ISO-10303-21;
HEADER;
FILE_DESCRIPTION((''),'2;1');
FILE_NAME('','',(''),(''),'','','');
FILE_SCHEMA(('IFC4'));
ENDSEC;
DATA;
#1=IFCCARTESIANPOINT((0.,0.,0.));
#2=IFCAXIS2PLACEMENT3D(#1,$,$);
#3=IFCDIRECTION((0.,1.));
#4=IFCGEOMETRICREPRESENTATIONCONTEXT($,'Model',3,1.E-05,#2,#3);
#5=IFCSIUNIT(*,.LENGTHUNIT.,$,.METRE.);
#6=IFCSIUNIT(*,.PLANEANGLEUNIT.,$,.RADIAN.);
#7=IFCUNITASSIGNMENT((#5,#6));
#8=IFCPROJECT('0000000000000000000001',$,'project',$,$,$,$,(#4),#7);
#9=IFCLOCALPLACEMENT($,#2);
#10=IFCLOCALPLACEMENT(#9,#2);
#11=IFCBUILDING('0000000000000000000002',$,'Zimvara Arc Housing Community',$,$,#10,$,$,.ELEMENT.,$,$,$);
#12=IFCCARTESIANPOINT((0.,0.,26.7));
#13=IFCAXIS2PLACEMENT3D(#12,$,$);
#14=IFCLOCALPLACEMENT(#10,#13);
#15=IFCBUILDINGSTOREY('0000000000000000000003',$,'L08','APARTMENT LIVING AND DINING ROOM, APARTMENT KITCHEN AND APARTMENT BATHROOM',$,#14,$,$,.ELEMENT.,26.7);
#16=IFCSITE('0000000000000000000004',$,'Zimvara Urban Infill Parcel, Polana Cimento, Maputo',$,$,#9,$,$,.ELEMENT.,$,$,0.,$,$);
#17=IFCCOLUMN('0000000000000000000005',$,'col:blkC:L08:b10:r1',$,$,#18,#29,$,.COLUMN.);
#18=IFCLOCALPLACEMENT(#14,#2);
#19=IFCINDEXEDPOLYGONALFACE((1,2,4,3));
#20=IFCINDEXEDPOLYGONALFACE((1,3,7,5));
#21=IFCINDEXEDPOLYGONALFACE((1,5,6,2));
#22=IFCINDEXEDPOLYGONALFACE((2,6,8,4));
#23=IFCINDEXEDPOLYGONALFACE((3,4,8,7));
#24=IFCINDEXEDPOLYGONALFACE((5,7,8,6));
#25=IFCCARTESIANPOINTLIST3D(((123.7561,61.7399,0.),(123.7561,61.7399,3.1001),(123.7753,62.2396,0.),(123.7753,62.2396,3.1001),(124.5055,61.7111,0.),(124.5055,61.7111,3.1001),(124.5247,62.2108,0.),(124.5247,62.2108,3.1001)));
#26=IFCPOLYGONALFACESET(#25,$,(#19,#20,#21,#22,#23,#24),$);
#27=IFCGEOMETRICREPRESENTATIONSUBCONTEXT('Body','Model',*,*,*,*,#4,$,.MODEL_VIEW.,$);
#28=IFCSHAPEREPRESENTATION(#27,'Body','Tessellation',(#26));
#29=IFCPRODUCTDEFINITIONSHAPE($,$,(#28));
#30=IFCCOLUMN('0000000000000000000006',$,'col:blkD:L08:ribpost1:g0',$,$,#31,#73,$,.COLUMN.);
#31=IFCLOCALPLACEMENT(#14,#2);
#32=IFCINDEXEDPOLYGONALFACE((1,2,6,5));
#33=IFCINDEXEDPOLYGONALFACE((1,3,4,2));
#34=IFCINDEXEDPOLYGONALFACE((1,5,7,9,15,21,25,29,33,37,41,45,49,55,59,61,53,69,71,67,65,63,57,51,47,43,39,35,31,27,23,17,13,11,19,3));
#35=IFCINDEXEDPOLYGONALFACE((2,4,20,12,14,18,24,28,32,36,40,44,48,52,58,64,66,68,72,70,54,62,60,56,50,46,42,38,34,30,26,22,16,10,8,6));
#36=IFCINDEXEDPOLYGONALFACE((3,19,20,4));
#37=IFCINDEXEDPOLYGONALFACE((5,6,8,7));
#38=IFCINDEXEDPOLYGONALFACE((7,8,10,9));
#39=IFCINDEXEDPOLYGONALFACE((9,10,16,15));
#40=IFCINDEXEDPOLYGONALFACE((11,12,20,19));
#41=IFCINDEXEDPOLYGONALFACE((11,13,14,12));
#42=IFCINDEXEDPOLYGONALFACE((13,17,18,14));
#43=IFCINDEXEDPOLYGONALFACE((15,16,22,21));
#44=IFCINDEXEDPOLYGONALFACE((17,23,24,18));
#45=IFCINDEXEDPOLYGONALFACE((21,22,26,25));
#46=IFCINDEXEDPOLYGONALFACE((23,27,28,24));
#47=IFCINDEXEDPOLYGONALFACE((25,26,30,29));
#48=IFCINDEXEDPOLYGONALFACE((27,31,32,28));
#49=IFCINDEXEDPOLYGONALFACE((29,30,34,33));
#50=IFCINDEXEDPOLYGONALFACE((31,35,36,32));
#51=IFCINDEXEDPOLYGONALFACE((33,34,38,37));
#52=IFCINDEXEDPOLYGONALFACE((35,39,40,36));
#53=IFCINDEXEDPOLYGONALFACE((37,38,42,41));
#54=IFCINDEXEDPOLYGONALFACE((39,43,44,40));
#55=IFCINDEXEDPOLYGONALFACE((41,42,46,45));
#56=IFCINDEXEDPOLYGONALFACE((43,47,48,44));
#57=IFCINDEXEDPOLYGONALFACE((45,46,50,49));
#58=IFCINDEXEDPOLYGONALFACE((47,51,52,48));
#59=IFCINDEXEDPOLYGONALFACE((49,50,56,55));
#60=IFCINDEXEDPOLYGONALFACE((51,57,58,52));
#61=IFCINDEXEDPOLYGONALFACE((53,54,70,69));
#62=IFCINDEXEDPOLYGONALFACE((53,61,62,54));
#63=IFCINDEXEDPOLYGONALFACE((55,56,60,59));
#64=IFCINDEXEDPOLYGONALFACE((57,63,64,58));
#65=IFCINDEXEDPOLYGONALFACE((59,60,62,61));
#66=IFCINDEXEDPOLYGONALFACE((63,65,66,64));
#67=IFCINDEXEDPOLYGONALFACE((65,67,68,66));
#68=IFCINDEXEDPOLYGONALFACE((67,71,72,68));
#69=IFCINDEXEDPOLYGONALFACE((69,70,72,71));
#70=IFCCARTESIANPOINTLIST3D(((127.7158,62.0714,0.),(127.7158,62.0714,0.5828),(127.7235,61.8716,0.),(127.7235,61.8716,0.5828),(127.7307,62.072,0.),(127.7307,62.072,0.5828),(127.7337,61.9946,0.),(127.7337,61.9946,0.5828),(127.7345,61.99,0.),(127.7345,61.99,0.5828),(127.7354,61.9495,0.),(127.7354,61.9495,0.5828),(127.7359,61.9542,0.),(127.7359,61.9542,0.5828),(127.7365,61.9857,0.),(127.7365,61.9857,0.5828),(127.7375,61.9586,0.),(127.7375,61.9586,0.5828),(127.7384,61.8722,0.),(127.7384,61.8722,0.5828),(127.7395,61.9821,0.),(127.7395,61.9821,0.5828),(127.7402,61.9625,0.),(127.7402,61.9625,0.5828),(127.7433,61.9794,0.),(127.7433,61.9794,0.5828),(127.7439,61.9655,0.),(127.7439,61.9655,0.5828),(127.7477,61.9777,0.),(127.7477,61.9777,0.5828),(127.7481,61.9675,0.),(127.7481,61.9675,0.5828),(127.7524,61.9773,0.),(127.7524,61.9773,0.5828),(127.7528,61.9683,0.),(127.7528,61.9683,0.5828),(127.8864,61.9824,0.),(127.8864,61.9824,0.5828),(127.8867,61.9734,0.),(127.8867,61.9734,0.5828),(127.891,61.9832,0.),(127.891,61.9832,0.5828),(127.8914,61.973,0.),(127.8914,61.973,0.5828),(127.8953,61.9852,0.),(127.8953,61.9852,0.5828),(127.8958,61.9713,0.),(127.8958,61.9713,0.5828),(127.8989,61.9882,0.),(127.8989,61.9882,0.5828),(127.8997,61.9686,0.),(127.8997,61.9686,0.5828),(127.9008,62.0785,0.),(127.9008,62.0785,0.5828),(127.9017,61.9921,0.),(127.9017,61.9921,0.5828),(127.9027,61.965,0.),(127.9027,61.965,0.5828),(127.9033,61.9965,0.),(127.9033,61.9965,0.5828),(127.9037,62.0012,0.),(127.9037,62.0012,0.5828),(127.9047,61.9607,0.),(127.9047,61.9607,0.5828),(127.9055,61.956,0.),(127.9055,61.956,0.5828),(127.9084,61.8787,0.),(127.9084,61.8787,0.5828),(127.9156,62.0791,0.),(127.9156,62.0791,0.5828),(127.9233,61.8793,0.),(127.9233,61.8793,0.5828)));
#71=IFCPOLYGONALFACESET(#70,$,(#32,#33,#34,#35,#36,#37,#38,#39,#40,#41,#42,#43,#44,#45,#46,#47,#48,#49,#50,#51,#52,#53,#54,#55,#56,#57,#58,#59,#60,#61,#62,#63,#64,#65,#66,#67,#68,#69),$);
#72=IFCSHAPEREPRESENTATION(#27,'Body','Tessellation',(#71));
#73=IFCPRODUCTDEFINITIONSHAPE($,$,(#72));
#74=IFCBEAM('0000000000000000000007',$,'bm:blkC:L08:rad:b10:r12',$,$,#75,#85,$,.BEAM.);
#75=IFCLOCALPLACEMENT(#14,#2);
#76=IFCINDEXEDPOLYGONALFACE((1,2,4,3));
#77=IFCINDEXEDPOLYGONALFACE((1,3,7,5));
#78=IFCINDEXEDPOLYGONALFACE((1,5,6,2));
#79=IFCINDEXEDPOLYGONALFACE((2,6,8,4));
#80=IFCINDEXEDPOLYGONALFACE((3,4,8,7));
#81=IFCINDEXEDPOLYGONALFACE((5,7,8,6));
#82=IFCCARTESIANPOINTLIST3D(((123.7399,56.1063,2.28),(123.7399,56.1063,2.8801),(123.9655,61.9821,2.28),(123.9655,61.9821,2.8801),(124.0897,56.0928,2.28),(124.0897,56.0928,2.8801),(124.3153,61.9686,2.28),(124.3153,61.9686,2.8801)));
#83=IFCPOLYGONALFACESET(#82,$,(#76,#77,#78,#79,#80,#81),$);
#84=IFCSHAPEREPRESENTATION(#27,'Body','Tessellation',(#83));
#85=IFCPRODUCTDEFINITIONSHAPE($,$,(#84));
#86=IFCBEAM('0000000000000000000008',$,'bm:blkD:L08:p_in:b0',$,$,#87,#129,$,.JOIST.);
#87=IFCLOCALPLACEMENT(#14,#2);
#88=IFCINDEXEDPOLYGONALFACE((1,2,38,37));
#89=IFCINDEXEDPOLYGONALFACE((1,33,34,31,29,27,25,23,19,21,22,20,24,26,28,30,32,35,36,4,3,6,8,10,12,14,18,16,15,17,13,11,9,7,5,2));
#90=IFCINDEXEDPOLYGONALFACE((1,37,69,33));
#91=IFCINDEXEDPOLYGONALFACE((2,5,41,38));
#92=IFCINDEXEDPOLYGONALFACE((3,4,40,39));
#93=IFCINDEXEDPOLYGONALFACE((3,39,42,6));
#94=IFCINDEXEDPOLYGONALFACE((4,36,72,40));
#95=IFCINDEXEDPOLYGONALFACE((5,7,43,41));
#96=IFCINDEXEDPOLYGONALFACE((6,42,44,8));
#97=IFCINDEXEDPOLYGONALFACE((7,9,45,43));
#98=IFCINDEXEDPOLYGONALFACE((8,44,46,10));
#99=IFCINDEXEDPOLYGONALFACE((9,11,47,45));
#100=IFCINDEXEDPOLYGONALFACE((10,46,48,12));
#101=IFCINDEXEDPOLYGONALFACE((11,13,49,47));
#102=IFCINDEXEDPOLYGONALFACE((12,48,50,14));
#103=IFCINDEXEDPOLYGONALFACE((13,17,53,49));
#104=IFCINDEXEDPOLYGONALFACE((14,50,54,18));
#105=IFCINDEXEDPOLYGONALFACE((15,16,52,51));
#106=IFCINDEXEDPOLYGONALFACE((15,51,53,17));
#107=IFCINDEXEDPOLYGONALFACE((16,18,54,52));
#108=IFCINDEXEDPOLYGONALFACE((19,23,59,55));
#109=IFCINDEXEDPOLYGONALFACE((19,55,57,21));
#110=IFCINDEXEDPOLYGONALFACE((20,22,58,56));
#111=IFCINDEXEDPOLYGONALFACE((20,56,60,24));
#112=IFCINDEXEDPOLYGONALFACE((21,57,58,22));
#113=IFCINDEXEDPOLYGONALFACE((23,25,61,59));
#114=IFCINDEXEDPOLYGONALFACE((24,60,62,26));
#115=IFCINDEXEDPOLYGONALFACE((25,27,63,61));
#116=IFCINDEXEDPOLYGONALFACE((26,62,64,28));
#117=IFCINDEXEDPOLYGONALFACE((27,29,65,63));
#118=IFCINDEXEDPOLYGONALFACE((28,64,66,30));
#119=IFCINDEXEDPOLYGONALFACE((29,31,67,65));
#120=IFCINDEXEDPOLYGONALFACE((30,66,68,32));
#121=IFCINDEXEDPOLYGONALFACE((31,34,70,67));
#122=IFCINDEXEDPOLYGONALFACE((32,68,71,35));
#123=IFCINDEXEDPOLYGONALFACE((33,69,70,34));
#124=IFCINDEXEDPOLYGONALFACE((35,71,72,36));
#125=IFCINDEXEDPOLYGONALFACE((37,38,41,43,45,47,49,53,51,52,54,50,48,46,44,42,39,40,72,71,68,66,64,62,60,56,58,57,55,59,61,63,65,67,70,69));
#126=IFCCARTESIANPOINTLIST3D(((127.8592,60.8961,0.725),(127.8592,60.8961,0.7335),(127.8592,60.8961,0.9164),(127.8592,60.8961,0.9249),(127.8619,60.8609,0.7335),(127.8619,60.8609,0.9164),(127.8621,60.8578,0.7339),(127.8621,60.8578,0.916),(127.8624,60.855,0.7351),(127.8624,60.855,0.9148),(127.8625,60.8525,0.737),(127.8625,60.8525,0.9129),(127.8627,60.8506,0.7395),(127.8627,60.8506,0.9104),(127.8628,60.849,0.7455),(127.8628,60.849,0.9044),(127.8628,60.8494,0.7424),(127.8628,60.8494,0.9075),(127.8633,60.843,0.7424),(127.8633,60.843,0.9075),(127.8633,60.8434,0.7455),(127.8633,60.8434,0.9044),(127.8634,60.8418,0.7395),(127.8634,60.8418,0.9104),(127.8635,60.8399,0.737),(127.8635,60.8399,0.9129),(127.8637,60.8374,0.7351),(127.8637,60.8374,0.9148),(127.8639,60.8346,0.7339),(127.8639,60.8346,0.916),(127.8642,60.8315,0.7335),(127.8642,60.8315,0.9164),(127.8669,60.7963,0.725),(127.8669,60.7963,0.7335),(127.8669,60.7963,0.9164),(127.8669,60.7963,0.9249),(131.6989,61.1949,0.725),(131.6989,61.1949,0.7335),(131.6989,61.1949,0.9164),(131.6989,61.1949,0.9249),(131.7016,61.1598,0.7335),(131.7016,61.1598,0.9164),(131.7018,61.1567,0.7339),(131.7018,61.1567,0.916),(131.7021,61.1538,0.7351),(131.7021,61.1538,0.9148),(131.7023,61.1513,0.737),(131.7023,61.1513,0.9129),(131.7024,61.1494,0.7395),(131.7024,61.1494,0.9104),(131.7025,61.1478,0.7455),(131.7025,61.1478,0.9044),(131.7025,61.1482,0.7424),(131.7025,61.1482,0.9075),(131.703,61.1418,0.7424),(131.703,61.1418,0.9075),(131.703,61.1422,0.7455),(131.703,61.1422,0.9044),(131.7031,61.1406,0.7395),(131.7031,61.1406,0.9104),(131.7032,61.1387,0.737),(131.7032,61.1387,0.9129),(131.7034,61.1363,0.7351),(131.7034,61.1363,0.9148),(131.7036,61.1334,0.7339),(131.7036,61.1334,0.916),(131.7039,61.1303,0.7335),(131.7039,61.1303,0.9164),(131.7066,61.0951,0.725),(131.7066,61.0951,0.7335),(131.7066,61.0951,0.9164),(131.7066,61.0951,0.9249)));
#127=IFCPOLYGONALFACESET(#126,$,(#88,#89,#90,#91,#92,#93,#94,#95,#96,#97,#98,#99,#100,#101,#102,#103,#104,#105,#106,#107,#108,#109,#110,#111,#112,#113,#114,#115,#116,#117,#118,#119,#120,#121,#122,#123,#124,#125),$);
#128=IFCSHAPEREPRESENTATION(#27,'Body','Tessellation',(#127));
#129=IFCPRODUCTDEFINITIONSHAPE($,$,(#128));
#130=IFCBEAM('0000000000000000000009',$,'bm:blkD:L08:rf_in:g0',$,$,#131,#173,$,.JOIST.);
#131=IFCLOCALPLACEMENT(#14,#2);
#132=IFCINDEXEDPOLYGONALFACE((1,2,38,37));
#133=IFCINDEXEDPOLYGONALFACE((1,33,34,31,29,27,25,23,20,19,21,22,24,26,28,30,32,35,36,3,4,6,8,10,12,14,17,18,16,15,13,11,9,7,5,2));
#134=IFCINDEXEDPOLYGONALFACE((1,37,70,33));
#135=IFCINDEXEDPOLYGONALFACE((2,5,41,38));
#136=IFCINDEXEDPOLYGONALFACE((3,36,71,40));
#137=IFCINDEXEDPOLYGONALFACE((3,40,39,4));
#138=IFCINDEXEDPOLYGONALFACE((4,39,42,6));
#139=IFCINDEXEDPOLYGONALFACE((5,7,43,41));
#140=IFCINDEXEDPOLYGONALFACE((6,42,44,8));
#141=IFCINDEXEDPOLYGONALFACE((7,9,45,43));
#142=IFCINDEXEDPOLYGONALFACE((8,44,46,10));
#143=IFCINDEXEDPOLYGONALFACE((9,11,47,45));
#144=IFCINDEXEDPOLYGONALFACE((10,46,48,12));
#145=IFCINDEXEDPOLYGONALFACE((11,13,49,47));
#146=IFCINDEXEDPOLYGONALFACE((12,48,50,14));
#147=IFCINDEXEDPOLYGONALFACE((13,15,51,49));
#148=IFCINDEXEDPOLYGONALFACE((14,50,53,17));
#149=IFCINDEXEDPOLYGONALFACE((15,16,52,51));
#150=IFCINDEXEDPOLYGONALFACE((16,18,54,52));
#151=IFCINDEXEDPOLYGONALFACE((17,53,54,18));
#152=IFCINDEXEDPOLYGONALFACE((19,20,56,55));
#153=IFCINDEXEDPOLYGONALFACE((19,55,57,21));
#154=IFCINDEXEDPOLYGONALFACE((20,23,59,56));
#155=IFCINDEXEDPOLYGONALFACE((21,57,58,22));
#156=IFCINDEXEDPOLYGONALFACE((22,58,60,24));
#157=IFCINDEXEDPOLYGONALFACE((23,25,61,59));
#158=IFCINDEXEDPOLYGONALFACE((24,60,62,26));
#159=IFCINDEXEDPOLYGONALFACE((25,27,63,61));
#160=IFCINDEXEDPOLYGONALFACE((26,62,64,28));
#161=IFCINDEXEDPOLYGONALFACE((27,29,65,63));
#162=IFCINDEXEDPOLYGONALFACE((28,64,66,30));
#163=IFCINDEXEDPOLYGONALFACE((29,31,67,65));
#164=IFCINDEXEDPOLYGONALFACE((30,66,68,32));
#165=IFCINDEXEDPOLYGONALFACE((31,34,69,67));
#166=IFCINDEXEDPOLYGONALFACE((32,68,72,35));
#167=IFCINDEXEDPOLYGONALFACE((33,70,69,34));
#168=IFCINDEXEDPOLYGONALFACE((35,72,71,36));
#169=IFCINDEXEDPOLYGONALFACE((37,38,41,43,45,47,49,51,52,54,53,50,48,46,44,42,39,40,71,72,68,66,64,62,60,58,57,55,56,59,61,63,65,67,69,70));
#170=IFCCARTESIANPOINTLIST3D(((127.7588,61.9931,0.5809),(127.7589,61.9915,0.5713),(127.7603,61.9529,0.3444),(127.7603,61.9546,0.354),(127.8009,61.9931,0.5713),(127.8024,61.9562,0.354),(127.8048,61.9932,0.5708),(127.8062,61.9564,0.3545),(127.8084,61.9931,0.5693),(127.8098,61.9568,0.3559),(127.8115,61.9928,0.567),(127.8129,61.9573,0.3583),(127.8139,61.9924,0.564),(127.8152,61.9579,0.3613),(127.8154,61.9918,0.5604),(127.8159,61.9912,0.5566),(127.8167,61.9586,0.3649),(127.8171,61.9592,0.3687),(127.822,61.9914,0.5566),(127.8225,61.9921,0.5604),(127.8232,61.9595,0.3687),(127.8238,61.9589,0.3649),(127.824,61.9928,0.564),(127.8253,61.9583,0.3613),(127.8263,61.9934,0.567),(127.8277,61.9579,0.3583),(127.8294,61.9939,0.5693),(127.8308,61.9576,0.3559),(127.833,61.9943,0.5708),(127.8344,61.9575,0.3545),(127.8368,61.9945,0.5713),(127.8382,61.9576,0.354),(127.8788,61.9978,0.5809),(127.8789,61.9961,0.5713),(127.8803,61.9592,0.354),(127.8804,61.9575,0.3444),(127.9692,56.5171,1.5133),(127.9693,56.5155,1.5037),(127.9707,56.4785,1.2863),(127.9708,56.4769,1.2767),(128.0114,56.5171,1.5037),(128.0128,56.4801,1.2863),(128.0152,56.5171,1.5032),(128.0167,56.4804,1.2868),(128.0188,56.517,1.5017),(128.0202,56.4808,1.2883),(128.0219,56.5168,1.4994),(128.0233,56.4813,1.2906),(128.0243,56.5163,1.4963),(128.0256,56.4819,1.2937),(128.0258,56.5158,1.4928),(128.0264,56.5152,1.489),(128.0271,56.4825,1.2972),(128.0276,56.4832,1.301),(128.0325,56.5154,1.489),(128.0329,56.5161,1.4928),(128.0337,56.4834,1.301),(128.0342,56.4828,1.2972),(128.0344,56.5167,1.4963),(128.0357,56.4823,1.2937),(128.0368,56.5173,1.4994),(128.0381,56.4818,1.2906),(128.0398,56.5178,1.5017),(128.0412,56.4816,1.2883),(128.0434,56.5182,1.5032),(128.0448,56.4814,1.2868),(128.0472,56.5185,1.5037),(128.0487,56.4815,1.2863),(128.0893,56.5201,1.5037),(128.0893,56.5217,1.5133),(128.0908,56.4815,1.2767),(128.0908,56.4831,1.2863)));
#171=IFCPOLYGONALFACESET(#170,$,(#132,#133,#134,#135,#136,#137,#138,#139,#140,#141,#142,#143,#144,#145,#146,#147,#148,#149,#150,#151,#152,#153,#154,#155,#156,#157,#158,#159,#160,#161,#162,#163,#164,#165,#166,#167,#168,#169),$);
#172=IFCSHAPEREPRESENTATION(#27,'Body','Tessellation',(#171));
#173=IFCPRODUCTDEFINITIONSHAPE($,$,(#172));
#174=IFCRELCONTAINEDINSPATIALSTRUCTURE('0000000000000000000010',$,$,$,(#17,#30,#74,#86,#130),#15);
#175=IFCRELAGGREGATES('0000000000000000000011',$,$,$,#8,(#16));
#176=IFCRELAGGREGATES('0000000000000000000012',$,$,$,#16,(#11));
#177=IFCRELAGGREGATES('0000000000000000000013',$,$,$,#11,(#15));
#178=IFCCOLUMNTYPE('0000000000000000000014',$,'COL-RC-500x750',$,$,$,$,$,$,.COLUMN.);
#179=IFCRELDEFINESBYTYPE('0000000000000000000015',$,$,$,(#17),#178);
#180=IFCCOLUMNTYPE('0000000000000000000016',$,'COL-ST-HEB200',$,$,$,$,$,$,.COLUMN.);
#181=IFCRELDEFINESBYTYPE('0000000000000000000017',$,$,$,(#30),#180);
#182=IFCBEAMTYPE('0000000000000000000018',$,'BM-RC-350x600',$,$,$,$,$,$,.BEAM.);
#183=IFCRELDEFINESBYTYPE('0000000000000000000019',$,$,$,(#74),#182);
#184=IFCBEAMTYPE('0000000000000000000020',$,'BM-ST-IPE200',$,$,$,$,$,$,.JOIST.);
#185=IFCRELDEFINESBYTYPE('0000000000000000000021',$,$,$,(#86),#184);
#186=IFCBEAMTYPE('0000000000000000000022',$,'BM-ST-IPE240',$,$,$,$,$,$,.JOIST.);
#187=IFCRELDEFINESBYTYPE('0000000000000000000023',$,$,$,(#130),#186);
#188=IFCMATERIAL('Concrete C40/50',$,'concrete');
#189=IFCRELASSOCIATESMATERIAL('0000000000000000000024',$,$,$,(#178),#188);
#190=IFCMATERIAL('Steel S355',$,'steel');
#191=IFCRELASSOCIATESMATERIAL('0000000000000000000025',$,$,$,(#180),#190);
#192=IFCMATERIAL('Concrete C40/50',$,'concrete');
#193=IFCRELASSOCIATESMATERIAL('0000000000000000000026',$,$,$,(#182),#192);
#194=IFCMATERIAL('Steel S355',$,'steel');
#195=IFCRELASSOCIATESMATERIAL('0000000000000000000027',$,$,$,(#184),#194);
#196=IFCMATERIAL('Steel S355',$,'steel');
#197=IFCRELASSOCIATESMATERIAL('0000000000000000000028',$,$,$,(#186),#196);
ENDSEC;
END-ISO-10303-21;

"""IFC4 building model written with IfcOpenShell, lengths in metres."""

from ifc_helpers import new_model, si_unit, direction, frame, origin, origin_2d, place, context, subcontext, project, spatial, rectangle, i_section, extrude, material, material_profile, profile_set, type_object, element, save


model = new_model("IFC4")

# Units and contexts
model_context = context("Model", 3, precision=1e-05, world=origin(), true_north=direction((0.0, 1.0)))
body_context = subcontext(model_context, "Body", "Model", "MODEL_VIEW")
ifc_project = project(units=[si_unit("LENGTHUNIT", "METRE"), si_unit("PLANEANGLEUNIT", "RADIAN")], contexts=[model_context])

# Site, building, storey
site_placement = place(None, origin())
site = spatial("IfcSite", under=ifc_project, at=site_placement, Name="Zimvara Urban Infill Parcel, Polana Cimento, Maputo", CompositionType="ELEMENT", RefElevation=0.0)
building_placement = place(site_placement, origin())
building = spatial("IfcBuilding", under=site, at=building_placement, Name="Zimvara Arc Housing Community", CompositionType="ELEMENT")
storey_placement = place(building_placement, frame((0.0, 0.0, 26.7)))
storey = spatial("IfcBuildingStorey", under=building, at=storey_placement, Name="L08", Description="APARTMENT LIVING AND DINING ROOM, APARTMENT KITCHEN AND APARTMENT BATHROOM", CompositionType="ELEMENT", Elevation=26.7)

# Columns
ifc_material_1 = material(Name="Concrete C40/50", Category="concrete")
ifc_material_profile_1 = material_profile(ifc_material_1, rectangle(XDim=0.5, YDim=0.75, at=origin_2d()), Name="RC 500x750")
ifc_profile_set_1 = profile_set([ifc_material_profile_1], Name="Concrete C40/50")
column_type_1 = type_object("IfcColumnType", Name="COL-RC-500x750", PredefinedType="COLUMN", material=ifc_profile_set_1)
column_1_placement = place(storey_placement, frame((124.1404, 61.9753, 0.0), z_axis=(0.0, 0.0, 1.0), x_axis=(-0.038388, -0.999263, 0.0)))
element("IfcColumn", 1, at=column_1_placement, inside=storey, type_object=column_type_1, Name="col:blkC:L08:b10:r1", PredefinedType="COLUMN", context=body_context, shape_type="SweptSolid", body=[
    extrude(rectangle(XDim=0.5, YDim=0.75, at=origin_2d()), origin(), (0.0, 0.0, 1.0), 3.1001),
])
ifc_material_2 = material(Name="Steel S355", Category="steel")
ifc_material_profile_2 = material_profile(ifc_material_2, i_section(OverallWidth=0.2, OverallDepth=0.2, WebThickness=0.009, FlangeThickness=0.0149, FilletRadius=0.0181, at=origin_2d()), Name="HEB 200")
ifc_profile_set_2 = profile_set([ifc_material_profile_2], Name="Steel S355")
column_type_2 = type_object("IfcColumnType", Name="COL-ST-HEB200", PredefinedType="COLUMN", material=ifc_profile_set_2)
column_2_placement = place(storey_placement, frame((127.8196, 61.9753, 0.0), z_axis=(0.0, 0.0, 1.0), x_axis=(0.038388, -0.999263, 0.0)))
element("IfcColumn", 2, at=column_2_placement, inside=storey, type_object=column_type_2, Name="col:blkD:L08:ribpost1:g0", PredefinedType="COLUMN", context=body_context, shape_type="SweptSolid", body=[
    extrude(i_section(OverallWidth=0.2, OverallDepth=0.2, WebThickness=0.009, FlangeThickness=0.0149, FilletRadius=0.0181, at=origin_2d()), origin(), (0.0, 0.0, 1.0), 0.5828),
])

# Beams
ifc_material_3 = material(Name="Concrete C40/50", Category="concrete")
ifc_material_profile_3 = material_profile(ifc_material_3, rectangle(XDim=0.3501, YDim=0.6001, at=origin_2d()), Name="RC 350x600")
ifc_profile_set_3 = profile_set([ifc_material_profile_3], Name="Concrete C40/50")
beam_type_1 = type_object("IfcBeamType", Name="BM-RC-350x600", PredefinedType="BEAM", material=ifc_profile_set_3)
beam_1_placement = place(storey_placement, frame((124.1404, 61.9753, 2.5801), z_axis=(-0.038365, -0.999264, 0.0), x_axis=(0.999264, -0.038365, 0.0)))
element("IfcBeam", 3, at=beam_1_placement, inside=storey, type_object=beam_type_1, Name="bm:blkC:L08:rad:b10:r12", PredefinedType="BEAM", context=body_context, shape_type="SweptSolid", body=[
    extrude(rectangle(XDim=0.3501, YDim=0.6001, at=origin_2d()), origin(), (0.0, 0.0, 1.0), 5.8801),
])
ifc_material_4 = material(Name="Steel S355", Category="steel")
ifc_material_profile_4 = material_profile(ifc_material_4, i_section(OverallWidth=0.1001, OverallDepth=0.2, WebThickness=0.0056, FlangeThickness=0.0085, FilletRadius=0.012, at=origin_2d()), Name="IPE 200")
ifc_profile_set_4 = profile_set([ifc_material_profile_4], Name="Steel S355")
beam_type_2 = type_object("IfcBeamType", Name="BM-ST-IPE200", PredefinedType="JOIST", material=ifc_profile_set_4)
beam_2_placement = place(storey_placement, frame((127.863, 60.8462, 0.825), z_axis=(0.996985, 0.077593, 0.0), x_axis=(-0.077593, 0.996985, 0.0)))
element("IfcBeam", 4, at=beam_2_placement, inside=storey, type_object=beam_type_2, Name="bm:blkD:L08:p_in:b0", PredefinedType="JOIST", context=body_context, shape_type="SweptSolid", body=[
    extrude(i_section(OverallWidth=0.1001, OverallDepth=0.2, WebThickness=0.0056, FlangeThickness=0.0085, FilletRadius=0.012, at=origin_2d()), origin(), (0.0, 0.0, 1.0), 3.8513),
])
ifc_material_5 = material(Name="Steel S355", Category="steel")
ifc_material_profile_5 = material_profile(ifc_material_5, i_section(OverallWidth=0.1201, OverallDepth=0.24, WebThickness=0.0061, FlangeThickness=0.0098, FilletRadius=0.0149, at=origin_2d()), Name="IPE 240")
ifc_profile_set_5 = profile_set([ifc_material_profile_5], Name="Steel S355")
beam_type_3 = type_object("IfcBeamType", Name="BM-ST-IPE240", PredefinedType="JOIST", material=ifc_profile_set_5)
beam_3_placement = place(storey_placement, frame((127.8196, 61.9753, 0.4626), z_axis=(0.037858, -0.985106, 0.167727), x_axis=(0.999262, 0.038402, 0.0)))
element("IfcBeam", 5, at=beam_3_placement, inside=storey, type_object=beam_type_3, Name="bm:blkD:L08:rf_in:g0", PredefinedType="JOIST", context=body_context, shape_type="SweptSolid", body=[
    extrude(i_section(OverallWidth=0.1201, OverallDepth=0.24, WebThickness=0.0061, FlangeThickness=0.0098, FilletRadius=0.0149, at=origin_2d()), origin(), (0.0, 0.0, 1.0), 5.5588),
])

save(model, "model.ifc")
